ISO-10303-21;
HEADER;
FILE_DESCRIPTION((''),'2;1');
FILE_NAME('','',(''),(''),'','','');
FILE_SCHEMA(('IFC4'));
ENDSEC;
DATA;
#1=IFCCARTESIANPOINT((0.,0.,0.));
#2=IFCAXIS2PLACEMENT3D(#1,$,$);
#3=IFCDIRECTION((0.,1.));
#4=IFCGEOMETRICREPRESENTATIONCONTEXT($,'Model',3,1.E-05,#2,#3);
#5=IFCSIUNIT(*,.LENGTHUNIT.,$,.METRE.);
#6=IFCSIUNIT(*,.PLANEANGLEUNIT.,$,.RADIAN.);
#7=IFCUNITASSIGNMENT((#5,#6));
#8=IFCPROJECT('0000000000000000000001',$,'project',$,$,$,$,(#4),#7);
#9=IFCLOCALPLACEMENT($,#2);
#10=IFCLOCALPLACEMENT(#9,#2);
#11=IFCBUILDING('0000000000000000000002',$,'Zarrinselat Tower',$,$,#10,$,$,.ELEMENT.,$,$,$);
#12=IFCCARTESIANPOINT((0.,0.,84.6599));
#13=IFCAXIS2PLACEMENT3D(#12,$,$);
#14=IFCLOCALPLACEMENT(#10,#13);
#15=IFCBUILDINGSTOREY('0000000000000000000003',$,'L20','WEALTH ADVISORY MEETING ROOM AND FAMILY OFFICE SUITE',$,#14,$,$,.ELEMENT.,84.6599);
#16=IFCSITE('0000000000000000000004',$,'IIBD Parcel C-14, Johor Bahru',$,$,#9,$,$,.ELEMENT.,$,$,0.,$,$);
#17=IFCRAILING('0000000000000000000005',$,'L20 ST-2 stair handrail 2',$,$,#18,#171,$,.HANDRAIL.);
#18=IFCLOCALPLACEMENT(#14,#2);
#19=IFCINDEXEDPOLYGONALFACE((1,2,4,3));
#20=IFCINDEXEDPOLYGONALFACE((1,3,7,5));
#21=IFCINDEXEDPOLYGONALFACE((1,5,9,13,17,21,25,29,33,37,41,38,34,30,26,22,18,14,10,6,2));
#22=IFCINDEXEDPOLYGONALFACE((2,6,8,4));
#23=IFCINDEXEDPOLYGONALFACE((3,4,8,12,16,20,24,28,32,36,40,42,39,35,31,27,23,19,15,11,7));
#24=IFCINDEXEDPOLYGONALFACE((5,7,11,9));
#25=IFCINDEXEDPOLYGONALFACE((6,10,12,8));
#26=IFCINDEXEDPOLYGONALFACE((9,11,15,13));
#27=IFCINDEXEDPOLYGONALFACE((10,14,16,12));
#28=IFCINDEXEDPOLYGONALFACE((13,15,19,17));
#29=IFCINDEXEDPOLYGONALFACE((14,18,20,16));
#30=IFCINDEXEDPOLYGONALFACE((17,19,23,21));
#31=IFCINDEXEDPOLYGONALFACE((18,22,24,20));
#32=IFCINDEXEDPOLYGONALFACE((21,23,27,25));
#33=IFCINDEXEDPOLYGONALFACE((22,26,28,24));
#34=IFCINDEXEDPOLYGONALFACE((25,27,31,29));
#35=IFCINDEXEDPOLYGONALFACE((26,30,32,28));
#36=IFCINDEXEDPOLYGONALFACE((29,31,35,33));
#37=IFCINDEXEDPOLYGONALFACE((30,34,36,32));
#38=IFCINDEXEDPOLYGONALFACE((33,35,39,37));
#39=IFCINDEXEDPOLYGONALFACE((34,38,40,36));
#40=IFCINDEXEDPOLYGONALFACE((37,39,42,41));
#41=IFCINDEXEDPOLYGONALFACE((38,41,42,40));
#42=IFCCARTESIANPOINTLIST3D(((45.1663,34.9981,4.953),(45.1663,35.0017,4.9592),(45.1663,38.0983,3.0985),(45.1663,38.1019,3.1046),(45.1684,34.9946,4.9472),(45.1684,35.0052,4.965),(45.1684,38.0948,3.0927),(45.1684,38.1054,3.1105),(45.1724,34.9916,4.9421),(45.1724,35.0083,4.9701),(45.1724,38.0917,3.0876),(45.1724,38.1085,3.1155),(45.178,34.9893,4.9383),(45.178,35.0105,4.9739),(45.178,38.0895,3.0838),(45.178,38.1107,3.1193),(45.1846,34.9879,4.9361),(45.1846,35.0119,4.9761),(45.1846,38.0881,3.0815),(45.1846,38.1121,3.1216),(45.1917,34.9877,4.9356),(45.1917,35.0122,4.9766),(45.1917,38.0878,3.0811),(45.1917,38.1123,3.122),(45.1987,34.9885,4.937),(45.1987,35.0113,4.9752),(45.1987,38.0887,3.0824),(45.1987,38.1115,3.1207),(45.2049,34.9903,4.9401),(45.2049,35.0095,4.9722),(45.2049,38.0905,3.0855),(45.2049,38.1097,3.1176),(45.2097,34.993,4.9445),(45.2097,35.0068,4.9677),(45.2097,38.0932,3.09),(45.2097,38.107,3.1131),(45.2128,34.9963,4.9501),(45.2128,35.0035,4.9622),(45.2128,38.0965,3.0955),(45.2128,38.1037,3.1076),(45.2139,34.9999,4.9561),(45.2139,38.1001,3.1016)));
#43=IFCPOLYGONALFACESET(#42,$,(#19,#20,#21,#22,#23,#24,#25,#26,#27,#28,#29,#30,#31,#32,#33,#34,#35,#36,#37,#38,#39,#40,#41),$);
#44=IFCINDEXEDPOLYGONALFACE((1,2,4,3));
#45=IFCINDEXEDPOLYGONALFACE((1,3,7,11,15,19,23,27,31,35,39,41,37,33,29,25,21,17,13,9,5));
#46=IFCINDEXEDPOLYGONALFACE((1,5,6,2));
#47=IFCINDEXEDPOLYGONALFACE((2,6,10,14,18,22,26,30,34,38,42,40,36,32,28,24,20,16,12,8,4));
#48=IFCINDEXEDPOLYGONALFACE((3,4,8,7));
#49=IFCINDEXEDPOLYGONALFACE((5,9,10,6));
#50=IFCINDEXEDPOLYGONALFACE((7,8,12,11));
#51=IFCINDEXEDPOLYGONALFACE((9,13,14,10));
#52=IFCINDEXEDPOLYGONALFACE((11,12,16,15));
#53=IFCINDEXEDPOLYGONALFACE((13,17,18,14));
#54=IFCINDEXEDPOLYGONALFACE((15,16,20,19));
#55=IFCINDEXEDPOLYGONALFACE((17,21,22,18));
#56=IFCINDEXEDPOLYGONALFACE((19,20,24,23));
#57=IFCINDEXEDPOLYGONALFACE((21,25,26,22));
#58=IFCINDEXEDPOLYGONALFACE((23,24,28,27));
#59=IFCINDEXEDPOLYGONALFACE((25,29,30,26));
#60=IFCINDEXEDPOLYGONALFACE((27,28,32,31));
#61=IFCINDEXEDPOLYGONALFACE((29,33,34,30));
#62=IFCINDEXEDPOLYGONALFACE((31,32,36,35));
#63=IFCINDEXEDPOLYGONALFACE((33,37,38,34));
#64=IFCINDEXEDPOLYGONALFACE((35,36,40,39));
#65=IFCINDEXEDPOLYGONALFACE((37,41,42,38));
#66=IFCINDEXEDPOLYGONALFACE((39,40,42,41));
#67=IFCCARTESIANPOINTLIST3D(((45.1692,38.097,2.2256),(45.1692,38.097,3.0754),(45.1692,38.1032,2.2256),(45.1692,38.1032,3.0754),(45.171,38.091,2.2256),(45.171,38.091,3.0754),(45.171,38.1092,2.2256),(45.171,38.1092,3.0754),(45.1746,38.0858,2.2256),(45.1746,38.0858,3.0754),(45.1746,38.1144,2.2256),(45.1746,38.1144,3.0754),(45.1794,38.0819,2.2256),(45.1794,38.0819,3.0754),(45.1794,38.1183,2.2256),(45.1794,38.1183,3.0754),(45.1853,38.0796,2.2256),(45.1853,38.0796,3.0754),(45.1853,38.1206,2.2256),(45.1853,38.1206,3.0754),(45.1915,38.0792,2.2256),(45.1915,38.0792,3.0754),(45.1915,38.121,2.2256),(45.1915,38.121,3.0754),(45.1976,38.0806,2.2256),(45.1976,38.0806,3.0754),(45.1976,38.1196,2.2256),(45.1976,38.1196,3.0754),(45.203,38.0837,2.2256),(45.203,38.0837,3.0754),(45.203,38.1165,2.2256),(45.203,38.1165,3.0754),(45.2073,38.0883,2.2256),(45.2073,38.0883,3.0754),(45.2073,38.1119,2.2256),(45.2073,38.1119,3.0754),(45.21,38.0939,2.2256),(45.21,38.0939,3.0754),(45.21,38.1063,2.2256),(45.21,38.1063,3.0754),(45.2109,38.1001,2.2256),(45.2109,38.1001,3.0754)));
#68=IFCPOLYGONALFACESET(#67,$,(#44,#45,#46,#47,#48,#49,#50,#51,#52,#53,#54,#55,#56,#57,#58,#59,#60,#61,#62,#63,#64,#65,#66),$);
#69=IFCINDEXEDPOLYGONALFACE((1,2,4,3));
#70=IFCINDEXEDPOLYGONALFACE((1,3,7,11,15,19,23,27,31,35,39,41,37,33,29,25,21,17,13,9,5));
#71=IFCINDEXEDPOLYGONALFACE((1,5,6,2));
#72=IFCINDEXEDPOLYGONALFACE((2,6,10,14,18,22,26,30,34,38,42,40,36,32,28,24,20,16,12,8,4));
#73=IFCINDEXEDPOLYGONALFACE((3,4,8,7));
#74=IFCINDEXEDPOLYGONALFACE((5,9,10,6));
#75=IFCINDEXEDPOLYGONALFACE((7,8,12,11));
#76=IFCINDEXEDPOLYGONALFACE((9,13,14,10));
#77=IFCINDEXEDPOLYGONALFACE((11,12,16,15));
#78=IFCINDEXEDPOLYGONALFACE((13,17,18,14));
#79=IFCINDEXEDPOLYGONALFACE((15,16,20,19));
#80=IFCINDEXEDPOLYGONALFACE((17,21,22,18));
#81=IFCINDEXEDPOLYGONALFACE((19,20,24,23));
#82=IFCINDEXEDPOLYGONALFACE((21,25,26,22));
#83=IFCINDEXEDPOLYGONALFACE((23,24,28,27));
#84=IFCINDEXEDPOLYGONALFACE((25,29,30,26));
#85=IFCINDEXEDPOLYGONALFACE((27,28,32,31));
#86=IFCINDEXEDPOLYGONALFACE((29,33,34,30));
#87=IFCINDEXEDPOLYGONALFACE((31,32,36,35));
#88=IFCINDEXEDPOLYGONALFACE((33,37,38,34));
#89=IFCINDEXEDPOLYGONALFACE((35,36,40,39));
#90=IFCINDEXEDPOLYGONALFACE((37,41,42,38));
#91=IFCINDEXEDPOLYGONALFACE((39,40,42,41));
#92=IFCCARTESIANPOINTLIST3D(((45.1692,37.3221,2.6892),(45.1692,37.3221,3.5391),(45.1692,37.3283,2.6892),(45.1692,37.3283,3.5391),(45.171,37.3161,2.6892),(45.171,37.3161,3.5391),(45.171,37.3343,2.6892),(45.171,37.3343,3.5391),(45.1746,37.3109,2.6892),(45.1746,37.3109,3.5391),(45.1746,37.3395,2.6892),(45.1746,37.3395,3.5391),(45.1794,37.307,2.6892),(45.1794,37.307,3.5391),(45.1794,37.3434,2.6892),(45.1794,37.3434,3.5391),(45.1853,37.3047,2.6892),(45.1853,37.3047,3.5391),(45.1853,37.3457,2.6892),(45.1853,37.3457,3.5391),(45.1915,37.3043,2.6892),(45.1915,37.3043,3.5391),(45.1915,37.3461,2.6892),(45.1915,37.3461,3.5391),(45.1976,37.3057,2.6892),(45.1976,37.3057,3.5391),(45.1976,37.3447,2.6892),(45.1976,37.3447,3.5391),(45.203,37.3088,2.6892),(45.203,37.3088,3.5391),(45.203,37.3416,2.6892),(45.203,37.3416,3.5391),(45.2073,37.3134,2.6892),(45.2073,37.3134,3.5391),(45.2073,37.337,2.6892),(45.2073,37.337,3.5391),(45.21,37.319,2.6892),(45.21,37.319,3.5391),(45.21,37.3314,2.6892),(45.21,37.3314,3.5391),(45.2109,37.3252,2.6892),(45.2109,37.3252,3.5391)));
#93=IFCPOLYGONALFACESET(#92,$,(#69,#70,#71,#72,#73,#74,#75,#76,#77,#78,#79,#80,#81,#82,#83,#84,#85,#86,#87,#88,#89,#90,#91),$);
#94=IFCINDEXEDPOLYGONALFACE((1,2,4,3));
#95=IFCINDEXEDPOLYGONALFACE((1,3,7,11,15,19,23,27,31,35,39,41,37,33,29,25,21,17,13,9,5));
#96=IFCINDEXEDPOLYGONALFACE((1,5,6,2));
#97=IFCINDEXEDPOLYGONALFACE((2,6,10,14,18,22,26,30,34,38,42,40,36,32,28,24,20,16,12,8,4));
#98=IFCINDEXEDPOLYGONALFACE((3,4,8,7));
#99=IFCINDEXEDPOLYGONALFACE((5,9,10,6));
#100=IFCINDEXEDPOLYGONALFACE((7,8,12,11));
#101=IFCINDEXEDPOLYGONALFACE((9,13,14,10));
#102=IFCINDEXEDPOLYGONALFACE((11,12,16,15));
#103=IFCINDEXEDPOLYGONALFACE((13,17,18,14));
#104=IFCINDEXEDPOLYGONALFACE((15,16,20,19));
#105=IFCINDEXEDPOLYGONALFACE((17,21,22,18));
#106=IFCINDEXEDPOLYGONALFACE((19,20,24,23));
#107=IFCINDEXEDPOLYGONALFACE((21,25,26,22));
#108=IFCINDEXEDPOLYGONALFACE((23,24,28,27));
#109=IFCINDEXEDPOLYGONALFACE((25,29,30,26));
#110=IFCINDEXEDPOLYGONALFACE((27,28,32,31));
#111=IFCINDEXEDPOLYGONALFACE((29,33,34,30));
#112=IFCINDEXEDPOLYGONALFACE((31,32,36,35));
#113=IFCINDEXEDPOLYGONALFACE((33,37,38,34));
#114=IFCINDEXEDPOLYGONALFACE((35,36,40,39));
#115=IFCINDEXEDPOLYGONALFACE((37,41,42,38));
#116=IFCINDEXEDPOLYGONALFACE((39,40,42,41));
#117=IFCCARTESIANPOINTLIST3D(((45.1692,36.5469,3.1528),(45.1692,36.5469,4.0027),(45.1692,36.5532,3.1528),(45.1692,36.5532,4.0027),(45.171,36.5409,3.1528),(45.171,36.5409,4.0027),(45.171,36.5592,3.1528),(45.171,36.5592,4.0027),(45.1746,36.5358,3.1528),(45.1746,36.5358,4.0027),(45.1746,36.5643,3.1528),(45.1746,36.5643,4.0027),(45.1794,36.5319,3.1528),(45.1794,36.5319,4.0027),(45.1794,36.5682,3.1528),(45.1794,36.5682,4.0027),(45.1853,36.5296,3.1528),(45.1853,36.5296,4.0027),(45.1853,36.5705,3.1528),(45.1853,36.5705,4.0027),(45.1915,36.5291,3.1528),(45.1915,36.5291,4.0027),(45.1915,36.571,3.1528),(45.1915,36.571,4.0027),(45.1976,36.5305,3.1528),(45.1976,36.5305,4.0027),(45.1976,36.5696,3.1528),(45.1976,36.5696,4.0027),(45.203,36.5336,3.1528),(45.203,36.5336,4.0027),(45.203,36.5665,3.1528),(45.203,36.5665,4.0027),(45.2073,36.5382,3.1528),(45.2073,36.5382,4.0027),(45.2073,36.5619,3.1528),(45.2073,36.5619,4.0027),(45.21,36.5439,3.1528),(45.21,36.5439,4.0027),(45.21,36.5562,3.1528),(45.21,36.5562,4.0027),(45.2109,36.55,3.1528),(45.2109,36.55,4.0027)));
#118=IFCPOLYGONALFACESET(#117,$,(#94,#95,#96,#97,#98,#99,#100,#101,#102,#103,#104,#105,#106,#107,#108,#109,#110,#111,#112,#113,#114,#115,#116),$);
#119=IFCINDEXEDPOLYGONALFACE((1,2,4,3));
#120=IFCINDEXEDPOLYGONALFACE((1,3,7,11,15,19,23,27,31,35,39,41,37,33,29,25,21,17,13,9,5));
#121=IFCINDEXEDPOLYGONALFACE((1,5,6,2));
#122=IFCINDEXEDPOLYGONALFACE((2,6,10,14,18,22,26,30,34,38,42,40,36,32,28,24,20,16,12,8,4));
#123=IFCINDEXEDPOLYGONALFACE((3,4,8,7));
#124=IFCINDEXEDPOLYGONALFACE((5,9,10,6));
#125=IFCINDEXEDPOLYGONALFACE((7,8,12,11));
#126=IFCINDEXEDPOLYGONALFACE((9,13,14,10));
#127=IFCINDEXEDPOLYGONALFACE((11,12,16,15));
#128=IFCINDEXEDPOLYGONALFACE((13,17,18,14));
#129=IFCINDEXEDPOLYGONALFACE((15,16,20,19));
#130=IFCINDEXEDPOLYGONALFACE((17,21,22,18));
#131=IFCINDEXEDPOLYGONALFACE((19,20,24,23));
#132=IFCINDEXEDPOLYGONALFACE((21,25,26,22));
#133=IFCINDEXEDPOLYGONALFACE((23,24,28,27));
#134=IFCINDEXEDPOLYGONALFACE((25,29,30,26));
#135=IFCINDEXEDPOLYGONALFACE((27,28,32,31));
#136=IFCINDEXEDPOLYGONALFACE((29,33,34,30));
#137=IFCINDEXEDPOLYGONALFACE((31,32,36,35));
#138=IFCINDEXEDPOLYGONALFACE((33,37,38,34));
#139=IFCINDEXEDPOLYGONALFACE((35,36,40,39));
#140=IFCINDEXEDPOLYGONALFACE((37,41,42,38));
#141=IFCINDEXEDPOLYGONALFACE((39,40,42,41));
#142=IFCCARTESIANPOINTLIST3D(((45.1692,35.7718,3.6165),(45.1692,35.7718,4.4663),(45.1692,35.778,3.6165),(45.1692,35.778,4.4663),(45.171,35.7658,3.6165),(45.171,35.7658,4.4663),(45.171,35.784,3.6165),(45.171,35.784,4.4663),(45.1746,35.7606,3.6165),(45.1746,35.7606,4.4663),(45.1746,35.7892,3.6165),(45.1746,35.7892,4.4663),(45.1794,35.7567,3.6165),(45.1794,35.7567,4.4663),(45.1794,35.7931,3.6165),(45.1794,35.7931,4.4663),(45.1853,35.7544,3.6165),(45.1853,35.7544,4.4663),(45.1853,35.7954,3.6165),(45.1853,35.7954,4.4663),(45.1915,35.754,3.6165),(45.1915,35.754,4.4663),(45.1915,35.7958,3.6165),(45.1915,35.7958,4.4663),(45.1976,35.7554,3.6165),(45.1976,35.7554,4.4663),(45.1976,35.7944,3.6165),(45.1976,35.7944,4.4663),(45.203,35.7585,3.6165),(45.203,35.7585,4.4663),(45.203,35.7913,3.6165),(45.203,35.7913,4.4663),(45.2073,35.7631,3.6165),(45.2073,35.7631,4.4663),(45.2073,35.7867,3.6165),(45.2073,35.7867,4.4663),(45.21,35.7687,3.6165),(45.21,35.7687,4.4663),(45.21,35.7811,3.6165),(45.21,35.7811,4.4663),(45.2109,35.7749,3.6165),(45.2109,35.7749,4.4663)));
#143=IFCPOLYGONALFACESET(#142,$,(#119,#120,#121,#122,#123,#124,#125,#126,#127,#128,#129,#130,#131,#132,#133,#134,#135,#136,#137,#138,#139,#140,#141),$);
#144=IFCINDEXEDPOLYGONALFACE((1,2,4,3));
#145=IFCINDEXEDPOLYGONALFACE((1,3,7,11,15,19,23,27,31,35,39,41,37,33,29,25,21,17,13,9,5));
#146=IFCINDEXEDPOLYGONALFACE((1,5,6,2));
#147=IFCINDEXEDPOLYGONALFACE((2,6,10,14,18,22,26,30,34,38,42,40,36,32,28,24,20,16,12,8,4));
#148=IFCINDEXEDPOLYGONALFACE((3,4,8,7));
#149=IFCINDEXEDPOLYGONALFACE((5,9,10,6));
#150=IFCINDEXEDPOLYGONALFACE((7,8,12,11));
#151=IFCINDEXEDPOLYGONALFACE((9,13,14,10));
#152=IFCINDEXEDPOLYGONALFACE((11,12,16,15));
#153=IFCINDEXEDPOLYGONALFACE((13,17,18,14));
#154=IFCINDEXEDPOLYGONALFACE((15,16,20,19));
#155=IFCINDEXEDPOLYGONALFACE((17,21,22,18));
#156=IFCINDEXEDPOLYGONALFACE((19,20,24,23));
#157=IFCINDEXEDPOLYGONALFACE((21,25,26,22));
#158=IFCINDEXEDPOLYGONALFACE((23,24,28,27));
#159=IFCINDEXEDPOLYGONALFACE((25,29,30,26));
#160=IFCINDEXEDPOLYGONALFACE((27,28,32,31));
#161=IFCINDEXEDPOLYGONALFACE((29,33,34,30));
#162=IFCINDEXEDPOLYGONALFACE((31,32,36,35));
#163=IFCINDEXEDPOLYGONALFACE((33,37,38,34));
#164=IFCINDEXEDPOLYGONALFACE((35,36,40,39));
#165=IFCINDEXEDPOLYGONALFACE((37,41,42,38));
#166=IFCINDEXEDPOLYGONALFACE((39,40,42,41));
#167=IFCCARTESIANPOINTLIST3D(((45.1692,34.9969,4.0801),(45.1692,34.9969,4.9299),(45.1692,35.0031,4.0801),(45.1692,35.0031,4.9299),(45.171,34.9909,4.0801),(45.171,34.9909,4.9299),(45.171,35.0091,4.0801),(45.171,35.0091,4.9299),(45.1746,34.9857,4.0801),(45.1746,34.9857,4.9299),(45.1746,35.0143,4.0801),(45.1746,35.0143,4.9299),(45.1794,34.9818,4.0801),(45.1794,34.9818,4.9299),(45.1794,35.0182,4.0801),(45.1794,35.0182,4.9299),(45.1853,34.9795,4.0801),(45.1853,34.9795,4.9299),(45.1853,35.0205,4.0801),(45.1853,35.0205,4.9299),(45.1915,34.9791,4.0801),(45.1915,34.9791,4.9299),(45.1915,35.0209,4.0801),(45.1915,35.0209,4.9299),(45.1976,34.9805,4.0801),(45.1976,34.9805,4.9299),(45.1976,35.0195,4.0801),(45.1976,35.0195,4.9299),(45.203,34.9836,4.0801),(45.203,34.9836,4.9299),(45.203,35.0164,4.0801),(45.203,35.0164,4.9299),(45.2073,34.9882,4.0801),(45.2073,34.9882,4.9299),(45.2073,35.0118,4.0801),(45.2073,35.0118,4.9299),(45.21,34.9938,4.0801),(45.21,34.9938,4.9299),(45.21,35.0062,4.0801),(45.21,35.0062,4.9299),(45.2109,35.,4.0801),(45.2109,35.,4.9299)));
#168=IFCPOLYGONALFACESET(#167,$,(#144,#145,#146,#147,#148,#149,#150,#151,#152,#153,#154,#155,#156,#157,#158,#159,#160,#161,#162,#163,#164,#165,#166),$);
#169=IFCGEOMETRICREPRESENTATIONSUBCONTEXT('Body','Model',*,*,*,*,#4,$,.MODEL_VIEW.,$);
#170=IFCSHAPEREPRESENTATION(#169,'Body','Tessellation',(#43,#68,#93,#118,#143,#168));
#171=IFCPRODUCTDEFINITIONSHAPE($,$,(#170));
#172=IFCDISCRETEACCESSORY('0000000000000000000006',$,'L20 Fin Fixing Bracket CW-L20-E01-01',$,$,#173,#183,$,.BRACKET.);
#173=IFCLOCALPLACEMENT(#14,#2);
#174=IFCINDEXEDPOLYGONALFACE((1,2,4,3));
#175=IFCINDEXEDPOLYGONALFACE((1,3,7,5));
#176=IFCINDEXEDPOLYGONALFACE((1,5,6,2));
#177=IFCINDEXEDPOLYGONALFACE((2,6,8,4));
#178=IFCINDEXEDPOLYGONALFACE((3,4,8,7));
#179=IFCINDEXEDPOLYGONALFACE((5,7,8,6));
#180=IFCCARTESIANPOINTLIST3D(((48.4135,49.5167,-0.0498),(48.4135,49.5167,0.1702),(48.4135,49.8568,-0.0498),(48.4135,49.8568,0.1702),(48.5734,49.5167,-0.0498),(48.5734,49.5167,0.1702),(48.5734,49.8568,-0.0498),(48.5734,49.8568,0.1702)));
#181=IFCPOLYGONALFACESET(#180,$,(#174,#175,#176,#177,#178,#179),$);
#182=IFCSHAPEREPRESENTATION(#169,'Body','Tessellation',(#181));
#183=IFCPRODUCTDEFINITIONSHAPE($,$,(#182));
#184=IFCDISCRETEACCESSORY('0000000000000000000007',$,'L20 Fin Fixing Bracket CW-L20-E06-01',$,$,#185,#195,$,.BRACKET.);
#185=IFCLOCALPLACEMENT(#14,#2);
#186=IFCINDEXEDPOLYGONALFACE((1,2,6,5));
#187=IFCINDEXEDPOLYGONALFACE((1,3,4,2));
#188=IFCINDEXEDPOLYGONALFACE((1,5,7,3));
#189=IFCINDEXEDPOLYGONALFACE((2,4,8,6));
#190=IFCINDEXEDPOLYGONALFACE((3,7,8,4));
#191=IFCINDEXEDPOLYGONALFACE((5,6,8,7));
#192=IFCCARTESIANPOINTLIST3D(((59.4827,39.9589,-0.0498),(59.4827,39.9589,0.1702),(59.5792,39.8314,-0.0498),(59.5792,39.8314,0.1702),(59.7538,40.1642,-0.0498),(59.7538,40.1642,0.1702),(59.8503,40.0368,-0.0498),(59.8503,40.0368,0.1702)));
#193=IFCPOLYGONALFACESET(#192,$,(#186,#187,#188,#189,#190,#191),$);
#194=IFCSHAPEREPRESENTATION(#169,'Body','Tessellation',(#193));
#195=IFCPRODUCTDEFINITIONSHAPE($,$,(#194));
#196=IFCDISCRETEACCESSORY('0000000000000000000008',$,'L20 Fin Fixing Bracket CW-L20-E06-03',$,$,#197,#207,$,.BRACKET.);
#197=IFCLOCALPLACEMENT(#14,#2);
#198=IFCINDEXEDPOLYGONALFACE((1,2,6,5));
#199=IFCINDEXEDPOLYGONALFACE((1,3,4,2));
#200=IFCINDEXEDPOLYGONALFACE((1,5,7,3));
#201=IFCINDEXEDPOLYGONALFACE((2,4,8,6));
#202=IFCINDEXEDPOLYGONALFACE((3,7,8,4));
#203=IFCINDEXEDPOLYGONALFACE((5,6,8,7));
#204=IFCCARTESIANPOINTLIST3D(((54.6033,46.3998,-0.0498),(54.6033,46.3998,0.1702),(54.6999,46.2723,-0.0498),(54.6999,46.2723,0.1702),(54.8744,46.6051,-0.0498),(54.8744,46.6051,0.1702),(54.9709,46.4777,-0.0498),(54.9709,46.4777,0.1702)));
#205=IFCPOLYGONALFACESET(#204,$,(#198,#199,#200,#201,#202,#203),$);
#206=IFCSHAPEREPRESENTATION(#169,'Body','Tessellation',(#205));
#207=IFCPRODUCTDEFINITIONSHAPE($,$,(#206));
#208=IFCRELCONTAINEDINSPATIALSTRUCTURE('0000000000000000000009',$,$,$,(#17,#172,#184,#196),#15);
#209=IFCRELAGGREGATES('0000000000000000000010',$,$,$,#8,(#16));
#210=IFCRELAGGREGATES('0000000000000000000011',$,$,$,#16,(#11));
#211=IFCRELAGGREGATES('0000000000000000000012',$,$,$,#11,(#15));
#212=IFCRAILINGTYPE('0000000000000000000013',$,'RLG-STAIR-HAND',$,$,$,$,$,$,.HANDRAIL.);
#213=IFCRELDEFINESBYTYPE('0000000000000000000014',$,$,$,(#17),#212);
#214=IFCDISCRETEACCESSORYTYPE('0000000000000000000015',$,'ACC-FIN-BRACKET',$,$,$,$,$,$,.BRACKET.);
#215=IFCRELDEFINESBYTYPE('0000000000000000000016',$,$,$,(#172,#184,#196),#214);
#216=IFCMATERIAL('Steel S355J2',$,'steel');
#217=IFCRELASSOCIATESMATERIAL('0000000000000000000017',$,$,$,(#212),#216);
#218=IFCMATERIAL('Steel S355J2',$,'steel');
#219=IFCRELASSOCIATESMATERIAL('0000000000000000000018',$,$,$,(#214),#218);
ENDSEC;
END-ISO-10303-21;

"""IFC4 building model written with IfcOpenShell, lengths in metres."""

from ifc_helpers import new_model, si_unit, direction, frame, origin, origin_2d, place, context, subcontext, project, spatial, rectangle, circle, extrude, material, type_object, element, save


model = new_model("IFC4")

# Units and contexts
model_context = context("Model", 3, precision=1e-05, world=origin(), true_north=direction((0.0, 1.0)))
body_context = subcontext(model_context, "Body", "Model", "MODEL_VIEW")
ifc_project = project(units=[si_unit("LENGTHUNIT", "METRE"), si_unit("PLANEANGLEUNIT", "RADIAN")], contexts=[model_context])

# Site, building, storey
site_placement = place(None, origin())
site = spatial("IfcSite", under=ifc_project, at=site_placement, Name="IIBD Parcel C-14, Johor Bahru", CompositionType="ELEMENT", RefElevation=0.0)
building_placement = place(site_placement, origin())
building = spatial("IfcBuilding", under=site, at=building_placement, Name="Zarrinselat Tower", CompositionType="ELEMENT")
storey_placement = place(building_placement, frame((0.0, 0.0, 84.6599)))
storey = spatial("IfcBuildingStorey", under=building, at=storey_placement, Name="L20", Description="WEALTH ADVISORY MEETING ROOM AND FAMILY OFFICE SUITE", CompositionType="ELEMENT", Elevation=84.6599)

# Railing
ifc_material_1 = material(Name="Steel S355J2", Category="steel")
railing_type_1 = type_object("IfcRailingType", Name="RLG-STAIR-HAND", PredefinedType="HANDRAIL", material=ifc_material_1)
railing_1_placement = place(storey_placement, frame((45.1899, 38.1001, 2.2256)))
element("IfcRailing", 1, at=railing_1_placement, inside=storey, type_object=railing_type_1, Name="L20 ST-2 stair handrail 2", PredefinedType="HANDRAIL", context=body_context, shape_type="SweptSolid", body=[
    extrude(circle(Radius=0.0239, at=origin_2d()), frame((0.0, 0.0, 0.876), z_axis=(0.0, -0.858172, 0.513362), x_axis=(1.0, 0.0, 0.0)), (0.0, 0.0, 1.0), 3.6125),
    extrude(circle(Radius=0.021, at=origin_2d()), origin(), (0.0, 0.0, 1.0), 0.8499),
    extrude(circle(Radius=0.021, at=origin_2d()), frame((0.0, -0.7749, 0.4636)), (0.0, 0.0, 1.0), 0.8499),
    extrude(circle(Radius=0.021, at=origin_2d()), frame((0.0, -1.55, 0.9272)), (0.0, 0.0, 1.0), 0.8499),
    extrude(circle(Radius=0.021, at=origin_2d()), frame((0.0, -2.3252, 1.3909)), (0.0, 0.0, 1.0), 0.8499),
    extrude(circle(Radius=0.021, at=origin_2d()), frame((0.0, -3.1001, 1.8545)), (0.0, 0.0, 1.0), 0.8499),
])

# Discrete accessories
ifc_material_2 = material(Name="Steel S355J2", Category="steel")
discrete_accessory_type = type_object("IfcDiscreteAccessoryType", Name="ACC-FIN-BRACKET", PredefinedType="BRACKET", material=ifc_material_2)
for number, where, z_axis, x_axis, name in (
    (2, (48.4934, 49.6868, -0.0498), (0.0, 0.0, 1.0), (0.0, 1.0, 0.0), "L20 Fin Fixing Bracket CW-L20-E01-01"),
    (3, (59.6665, 39.9978, -0.0498), (0.0, 0.0, 1.0), (0.797092, 0.603858, 0.0), "L20 Fin Fixing Bracket CW-L20-E06-01"),
    (4, (54.7871, 46.4387, -0.0498), (0.0, 0.0, 1.0), (0.797092, 0.603858, 0.0), "L20 Fin Fixing Bracket CW-L20-E06-03"),
):
    element("IfcDiscreteAccessory", number, at=place(storey_placement, frame(where, z_axis=z_axis, x_axis=x_axis)), inside=storey, type_object=discrete_accessory_type, Name=name, PredefinedType="BRACKET", context=body_context, shape_type="SweptSolid", body=[
        extrude(rectangle(XDim=0.3401, YDim=0.1599, at=origin_2d()), origin(), (0.0, 0.0, 1.0), 0.22),
    ])

save(model, "model.ifc")
